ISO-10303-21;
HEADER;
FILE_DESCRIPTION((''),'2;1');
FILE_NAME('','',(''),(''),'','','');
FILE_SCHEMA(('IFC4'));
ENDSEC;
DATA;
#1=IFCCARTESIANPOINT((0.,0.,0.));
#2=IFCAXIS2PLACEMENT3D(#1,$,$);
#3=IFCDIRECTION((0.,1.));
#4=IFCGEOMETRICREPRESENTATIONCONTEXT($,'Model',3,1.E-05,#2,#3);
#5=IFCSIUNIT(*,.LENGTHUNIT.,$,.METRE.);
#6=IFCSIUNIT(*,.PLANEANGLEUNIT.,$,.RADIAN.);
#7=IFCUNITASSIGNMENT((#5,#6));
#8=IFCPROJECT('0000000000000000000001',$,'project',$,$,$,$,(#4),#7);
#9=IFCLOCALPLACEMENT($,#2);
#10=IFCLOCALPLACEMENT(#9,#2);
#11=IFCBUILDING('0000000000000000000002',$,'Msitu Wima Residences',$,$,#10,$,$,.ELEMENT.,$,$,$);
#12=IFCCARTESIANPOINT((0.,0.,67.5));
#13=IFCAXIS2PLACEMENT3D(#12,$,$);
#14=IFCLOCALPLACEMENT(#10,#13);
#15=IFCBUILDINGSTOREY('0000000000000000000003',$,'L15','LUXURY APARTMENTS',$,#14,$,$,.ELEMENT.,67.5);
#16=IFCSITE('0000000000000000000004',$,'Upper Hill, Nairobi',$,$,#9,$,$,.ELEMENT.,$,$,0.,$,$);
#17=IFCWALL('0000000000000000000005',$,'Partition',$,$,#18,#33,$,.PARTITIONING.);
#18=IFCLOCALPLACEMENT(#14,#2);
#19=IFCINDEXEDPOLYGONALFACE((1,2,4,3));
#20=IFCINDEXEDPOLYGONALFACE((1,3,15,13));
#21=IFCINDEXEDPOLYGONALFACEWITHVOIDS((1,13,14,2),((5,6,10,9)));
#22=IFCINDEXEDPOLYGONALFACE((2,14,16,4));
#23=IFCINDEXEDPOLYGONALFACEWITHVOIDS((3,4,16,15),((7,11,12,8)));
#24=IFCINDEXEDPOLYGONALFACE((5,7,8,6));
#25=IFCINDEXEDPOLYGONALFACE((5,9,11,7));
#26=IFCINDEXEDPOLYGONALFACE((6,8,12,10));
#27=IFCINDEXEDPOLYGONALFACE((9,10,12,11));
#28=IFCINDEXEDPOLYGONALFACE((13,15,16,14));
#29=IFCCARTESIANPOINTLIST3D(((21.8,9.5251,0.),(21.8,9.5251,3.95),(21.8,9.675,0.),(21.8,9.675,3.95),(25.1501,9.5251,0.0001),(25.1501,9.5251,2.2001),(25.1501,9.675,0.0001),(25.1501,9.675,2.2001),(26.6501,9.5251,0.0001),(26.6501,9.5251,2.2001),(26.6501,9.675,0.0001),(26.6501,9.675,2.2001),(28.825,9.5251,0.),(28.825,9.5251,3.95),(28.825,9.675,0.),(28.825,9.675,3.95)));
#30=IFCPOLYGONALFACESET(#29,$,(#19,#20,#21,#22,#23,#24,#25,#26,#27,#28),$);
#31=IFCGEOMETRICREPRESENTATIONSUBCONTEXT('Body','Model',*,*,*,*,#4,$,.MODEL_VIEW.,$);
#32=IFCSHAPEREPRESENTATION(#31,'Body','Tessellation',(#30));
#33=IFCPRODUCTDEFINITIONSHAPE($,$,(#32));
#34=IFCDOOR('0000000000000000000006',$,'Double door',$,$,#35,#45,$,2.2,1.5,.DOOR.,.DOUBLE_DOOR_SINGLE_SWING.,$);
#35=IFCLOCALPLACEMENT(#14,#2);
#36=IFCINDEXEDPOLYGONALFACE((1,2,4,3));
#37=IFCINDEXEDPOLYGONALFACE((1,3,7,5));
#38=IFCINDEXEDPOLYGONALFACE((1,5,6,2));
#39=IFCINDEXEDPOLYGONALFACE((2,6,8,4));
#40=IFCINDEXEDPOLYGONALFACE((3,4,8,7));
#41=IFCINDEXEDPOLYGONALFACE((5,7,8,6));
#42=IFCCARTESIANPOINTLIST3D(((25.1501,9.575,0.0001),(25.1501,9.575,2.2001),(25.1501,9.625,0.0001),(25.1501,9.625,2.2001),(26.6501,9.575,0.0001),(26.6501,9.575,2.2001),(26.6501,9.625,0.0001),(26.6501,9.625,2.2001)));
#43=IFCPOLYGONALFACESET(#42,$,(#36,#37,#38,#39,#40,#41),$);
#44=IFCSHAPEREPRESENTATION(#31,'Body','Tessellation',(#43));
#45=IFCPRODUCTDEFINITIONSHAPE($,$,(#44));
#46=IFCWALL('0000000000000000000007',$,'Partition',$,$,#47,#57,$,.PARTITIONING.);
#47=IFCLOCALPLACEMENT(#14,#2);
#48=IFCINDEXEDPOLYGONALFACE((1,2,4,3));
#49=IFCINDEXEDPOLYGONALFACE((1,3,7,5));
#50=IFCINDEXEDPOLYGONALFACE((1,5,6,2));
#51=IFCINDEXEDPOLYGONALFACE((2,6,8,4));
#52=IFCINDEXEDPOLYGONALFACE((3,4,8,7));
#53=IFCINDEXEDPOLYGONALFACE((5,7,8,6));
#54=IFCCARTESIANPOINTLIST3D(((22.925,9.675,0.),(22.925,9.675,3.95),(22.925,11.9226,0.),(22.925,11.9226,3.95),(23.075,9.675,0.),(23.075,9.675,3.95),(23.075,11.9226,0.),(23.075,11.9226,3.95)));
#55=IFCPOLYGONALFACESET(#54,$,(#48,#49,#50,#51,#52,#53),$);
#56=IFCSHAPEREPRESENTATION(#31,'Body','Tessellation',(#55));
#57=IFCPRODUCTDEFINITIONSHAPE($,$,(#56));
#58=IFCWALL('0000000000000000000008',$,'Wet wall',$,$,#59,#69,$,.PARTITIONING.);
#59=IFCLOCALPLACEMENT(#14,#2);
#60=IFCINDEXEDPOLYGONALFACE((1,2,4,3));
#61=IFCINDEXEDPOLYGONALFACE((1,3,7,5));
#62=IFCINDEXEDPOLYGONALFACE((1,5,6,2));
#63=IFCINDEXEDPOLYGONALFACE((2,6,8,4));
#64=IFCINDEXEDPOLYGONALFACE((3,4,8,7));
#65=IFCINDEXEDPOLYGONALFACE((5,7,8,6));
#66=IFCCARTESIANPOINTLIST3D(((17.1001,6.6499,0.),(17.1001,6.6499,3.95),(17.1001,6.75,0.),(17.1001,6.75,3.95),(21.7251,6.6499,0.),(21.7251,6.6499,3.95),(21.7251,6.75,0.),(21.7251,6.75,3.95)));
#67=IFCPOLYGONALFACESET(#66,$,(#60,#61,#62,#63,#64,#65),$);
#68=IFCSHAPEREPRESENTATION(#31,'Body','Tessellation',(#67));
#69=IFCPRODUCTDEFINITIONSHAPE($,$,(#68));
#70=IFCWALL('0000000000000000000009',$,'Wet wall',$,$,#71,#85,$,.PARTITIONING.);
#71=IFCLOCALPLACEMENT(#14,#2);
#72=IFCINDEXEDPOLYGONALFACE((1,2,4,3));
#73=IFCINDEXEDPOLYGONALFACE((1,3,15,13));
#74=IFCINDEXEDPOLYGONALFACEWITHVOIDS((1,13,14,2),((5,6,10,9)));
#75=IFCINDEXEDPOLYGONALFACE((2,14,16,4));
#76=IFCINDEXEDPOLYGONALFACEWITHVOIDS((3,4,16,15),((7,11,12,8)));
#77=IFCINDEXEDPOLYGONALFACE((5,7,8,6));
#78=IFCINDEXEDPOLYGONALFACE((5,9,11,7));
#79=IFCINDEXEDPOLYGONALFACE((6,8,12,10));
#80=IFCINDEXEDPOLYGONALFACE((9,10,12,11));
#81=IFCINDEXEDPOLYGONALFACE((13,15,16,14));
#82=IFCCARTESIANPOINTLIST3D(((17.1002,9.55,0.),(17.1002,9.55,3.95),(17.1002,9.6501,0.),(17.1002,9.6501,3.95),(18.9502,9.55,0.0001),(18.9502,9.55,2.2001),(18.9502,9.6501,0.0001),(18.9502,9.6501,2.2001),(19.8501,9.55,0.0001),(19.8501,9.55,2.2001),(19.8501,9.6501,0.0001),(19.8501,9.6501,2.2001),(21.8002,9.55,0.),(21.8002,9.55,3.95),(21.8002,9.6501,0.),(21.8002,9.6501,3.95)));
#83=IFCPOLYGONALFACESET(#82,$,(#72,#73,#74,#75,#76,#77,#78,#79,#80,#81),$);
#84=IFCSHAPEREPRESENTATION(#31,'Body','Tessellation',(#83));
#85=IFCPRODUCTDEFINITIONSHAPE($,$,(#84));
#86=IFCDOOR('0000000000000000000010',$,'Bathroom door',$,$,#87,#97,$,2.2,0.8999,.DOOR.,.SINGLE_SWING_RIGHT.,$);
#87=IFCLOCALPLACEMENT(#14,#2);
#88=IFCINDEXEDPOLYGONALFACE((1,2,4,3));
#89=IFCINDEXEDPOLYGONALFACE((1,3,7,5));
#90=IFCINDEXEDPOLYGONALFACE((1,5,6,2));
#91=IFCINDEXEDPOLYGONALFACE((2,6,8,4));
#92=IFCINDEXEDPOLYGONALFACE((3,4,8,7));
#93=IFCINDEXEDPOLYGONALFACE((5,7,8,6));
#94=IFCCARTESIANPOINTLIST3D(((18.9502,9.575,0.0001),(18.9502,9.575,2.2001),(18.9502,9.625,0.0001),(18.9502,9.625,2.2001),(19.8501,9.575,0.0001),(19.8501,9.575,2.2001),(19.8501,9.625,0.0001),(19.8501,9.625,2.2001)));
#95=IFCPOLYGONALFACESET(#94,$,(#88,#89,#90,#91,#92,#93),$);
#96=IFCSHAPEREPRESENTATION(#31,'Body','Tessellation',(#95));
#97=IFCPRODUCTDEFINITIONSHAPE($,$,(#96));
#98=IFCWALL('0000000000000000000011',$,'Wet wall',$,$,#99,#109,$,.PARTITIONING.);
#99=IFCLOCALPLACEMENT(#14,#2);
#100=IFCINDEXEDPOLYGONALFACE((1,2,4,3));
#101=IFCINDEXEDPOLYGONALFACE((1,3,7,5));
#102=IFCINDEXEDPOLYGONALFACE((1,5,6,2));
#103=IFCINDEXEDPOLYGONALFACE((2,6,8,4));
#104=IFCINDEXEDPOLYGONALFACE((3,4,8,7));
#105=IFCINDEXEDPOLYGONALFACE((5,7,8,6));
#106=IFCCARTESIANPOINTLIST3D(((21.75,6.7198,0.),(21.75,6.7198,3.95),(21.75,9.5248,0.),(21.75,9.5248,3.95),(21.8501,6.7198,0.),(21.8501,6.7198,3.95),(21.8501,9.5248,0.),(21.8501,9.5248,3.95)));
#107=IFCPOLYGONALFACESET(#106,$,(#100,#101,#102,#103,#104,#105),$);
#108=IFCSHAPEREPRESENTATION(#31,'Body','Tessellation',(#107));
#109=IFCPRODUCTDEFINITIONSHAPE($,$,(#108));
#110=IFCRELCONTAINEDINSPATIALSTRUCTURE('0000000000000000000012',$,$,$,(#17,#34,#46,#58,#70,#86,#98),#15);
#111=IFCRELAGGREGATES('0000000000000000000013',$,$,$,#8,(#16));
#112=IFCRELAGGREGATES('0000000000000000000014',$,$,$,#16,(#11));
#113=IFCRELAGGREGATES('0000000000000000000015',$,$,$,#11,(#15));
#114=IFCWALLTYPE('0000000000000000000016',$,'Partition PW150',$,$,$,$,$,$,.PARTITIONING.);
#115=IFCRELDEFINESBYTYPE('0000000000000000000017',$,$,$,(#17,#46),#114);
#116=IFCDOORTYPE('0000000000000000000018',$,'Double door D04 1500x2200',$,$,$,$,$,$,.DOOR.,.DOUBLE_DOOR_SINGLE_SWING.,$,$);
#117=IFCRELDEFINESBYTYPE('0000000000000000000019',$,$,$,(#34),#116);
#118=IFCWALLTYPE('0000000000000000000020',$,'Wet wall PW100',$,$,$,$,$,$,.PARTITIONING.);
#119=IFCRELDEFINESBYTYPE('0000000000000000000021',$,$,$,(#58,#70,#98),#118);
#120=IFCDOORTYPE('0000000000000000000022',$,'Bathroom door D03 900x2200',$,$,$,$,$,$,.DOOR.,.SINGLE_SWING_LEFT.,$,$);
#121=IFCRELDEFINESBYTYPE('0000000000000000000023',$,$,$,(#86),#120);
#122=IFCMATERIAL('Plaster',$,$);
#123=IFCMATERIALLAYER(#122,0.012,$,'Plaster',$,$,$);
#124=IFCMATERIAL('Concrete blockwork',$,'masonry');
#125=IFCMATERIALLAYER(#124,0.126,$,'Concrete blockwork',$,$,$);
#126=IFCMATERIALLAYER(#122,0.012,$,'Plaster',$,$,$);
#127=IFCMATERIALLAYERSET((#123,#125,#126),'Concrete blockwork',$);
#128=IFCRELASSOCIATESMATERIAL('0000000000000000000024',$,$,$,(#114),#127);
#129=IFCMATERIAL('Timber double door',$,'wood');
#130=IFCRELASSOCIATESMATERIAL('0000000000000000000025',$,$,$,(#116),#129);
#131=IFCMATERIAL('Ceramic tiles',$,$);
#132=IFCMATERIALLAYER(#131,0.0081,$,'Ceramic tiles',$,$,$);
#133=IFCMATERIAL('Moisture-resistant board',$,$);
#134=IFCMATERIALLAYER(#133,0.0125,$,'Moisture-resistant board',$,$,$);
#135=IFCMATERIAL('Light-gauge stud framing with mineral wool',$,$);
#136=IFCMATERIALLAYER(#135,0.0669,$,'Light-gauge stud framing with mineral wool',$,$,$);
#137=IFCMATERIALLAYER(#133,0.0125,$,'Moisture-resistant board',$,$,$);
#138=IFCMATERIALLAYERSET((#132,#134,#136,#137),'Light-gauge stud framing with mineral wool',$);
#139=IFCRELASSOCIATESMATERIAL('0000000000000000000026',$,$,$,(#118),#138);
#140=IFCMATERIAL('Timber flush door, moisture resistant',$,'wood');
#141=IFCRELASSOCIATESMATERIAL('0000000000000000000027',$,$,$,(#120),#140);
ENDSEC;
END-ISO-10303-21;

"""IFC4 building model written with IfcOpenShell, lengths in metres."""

from ifc_helpers import new_model, si_unit, direction, frame, frame_2d, origin, place, context, subcontext, project, spatial, rectangle, extrude, material, layer, layer_set, type_object, element, fill, save


model = new_model("IFC4")

# Units and contexts
model_context = context("Model", 3, precision=1e-05, world=origin(), true_north=direction((0.0, 1.0)))
body_context = subcontext(model_context, "Body", "Model", "MODEL_VIEW")
ifc_project = project(units=[si_unit("LENGTHUNIT", "METRE"), si_unit("PLANEANGLEUNIT", "RADIAN")], contexts=[model_context])

# Site, building, storey
site_placement = place(None, origin())
site = spatial("IfcSite", under=ifc_project, at=site_placement, Name="Upper Hill, Nairobi", CompositionType="ELEMENT", RefElevation=0.0)
building_placement = place(site_placement, origin())
building = spatial("IfcBuilding", under=site, at=building_placement, Name="Msitu Wima Residences", CompositionType="ELEMENT")
storey_placement = place(building_placement, frame((0.0, 0.0, 67.5)))
storey = spatial("IfcBuildingStorey", under=building, at=storey_placement, Name="L15", Description="LUXURY APARTMENTS", CompositionType="ELEMENT", Elevation=67.5)

# Shared definitions
ifc_material_1 = material(Name="Plaster")
ifc_layer_1 = layer(ifc_material_1, 0.012, Name="Plaster")
ifc_material_2 = material(Name="Concrete blockwork", Category="masonry")
ifc_layer_2 = layer(ifc_material_2, 0.126, Name="Concrete blockwork")
ifc_layer_3 = layer(ifc_material_1, 0.012, Name="Plaster")
ifc_layer_set_1 = layer_set([ifc_layer_1, ifc_layer_2, ifc_layer_3], Name="Concrete blockwork")
wall_type_1 = type_object("IfcWallType", Name="Partition PW150", PredefinedType="PARTITIONING", material=ifc_layer_set_1)

# Wall, opening, door
wall_1_placement = place(storey_placement, frame((21.8, 9.6001, 0.0), z_axis=(0.0, 0.0, 1.0), x_axis=(1.0, 0.0, 0.0)))
wall_1 = element("IfcWall", 1, at=wall_1_placement, inside=storey, type_object=wall_type_1, Name="Partition", PredefinedType="PARTITIONING", context=body_context, shape_type="SweptSolid", body=[
    extrude(rectangle(XDim=7.0249, YDim=0.1499, at=frame_2d((3.5125, 0.0))), origin(), (0.0, 0.0, 1.0), 3.95),
])
opening_1_placement = place(wall_1_placement, frame((3.3501, 0.0, 0.0)))
opening_1 = element("IfcOpeningElement", 2, at=opening_1_placement, cuts=wall_1, PredefinedType="OPENING", context=body_context, shape_type="SweptSolid", body=[
    extrude(rectangle(XDim=1.5, YDim=2.2, at=frame_2d((0.75, 1.1001))), frame((0.0, 0.085, 0.0), z_axis=(0.0, -1.0, 0.0), x_axis=(1.0, 0.0, 0.0)), (0.0, 0.0, 1.0), 0.1699),
])
ifc_material_3 = material(Name="Timber double door", Category="wood")
door_type_1 = type_object("IfcDoorType", Name="Double door D04 1500x2200", OperationType="DOUBLE_DOOR_SINGLE_SWING", PredefinedType="DOOR", material=ifc_material_3)
door_1_placement = place(opening_1_placement, origin())
door_1 = element("IfcDoor", 3, at=door_1_placement, inside=storey, type_object=door_type_1, Name="Double door", OperationType="DOUBLE_DOOR_SINGLE_SWING", OverallHeight=2.2, OverallWidth=1.5, PredefinedType="DOOR", context=body_context, shape_type="SweptSolid", body=[
    extrude(rectangle(XDim=1.5, YDim=2.2, at=frame_2d((0.75, 1.1001))), frame((0.0, 0.0249, 0.0), z_axis=(0.0, -1.0, 0.0), x_axis=(1.0, 0.0, 0.0)), (0.0, 0.0, 1.0), 0.05),
])
fill(opening_1, door_1)

# Walls
wall_2_placement = place(storey_placement, frame((23.0, 9.675, 0.0), z_axis=(0.0, 0.0, 1.0), x_axis=(0.0, 1.0, 0.0)))
element("IfcWall", 4, at=wall_2_placement, inside=storey, type_object=wall_type_1, Name="Partition", PredefinedType="PARTITIONING", context=body_context, shape_type="SweptSolid", body=[
    extrude(rectangle(XDim=2.2476, YDim=0.1499, at=frame_2d((1.1238, 0.0))), origin(), (0.0, 0.0, 1.0), 3.95),
])
ifc_material_4 = material(Name="Ceramic tiles")
ifc_layer_4 = layer(ifc_material_4, 0.0081, Name="Ceramic tiles")
ifc_material_5 = material(Name="Moisture-resistant board")
ifc_layer_5 = layer(ifc_material_5, 0.0125, Name="Moisture-resistant board")
ifc_material_6 = material(Name="Light-gauge stud framing with mineral wool")
ifc_layer_6 = layer(ifc_material_6, 0.0669, Name="Light-gauge stud framing with mineral wool")
ifc_layer_7 = layer(ifc_material_5, 0.0125, Name="Moisture-resistant board")
ifc_layer_set_2 = layer_set([ifc_layer_4, ifc_layer_5, ifc_layer_6, ifc_layer_7], Name="Light-gauge stud framing with mineral wool")
wall_type_2 = type_object("IfcWallType", Name="Wet wall PW100", PredefinedType="PARTITIONING", material=ifc_layer_set_2)
wall_3_placement = place(storey_placement, frame((17.1001, 6.7, 0.0), z_axis=(0.0, 0.0, 1.0), x_axis=(1.0, 0.0, 0.0)))
element("IfcWall", 5, at=wall_3_placement, inside=storey, type_object=wall_type_2, Name="Wet wall", PredefinedType="PARTITIONING", context=body_context, shape_type="SweptSolid", body=[
    extrude(rectangle(XDim=4.625, YDim=0.1001, at=frame_2d((2.3125, 0.0))), origin(), (0.0, 0.0, 1.0), 3.95),
])

# Wall, opening, door
wall_4_placement = place(storey_placement, frame((17.1001, 9.6001, 0.0), z_axis=(0.0, 0.0, 1.0), x_axis=(1.0, 0.0, 0.0)))
wall_4 = element("IfcWall", 6, at=wall_4_placement, inside=storey, type_object=wall_type_2, Name="Wet wall", PredefinedType="PARTITIONING", context=body_context, shape_type="SweptSolid", body=[
    extrude(rectangle(XDim=4.7, YDim=0.1001, at=frame_2d((2.3501, 0.0))), origin(), (0.0, 0.0, 1.0), 3.95),
])
opening_2_placement = place(wall_4_placement, frame((1.8501, 0.0, 0.0)))
opening_2 = element("IfcOpeningElement", 7, at=opening_2_placement, cuts=wall_4, PredefinedType="OPENING", context=body_context, shape_type="SweptSolid", body=[
    extrude(rectangle(XDim=0.8999, YDim=2.2, at=frame_2d((0.45, 1.1001))), frame((0.0, 0.0601, 0.0), z_axis=(0.0, -1.0, 0.0), x_axis=(1.0, 0.0, 0.0)), (0.0, 0.0, 1.0), 0.1201),
])
ifc_material_7 = material(Name="Timber flush door, moisture resistant", Category="wood")
door_type_2 = type_object("IfcDoorType", Name="Bathroom door D03 900x2200", OperationType="SINGLE_SWING_LEFT", PredefinedType="DOOR", material=ifc_material_7)
door_2_placement = place(opening_2_placement, origin())
door_2 = element("IfcDoor", 8, at=door_2_placement, inside=storey, type_object=door_type_2, Name="Bathroom door", OperationType="SINGLE_SWING_RIGHT", OverallHeight=2.2, OverallWidth=0.8999, PredefinedType="DOOR", context=body_context, shape_type="SweptSolid", body=[
    extrude(rectangle(XDim=0.8999, YDim=2.2, at=frame_2d((0.45, 1.1001))), frame((0.0, 0.0249, 0.0), z_axis=(0.0, -1.0, 0.0), x_axis=(1.0, 0.0, 0.0)), (0.0, 0.0, 1.0), 0.05),
])
fill(opening_2, door_2)

# Wall
wall_5_placement = place(storey_placement, frame((21.8, 6.72, 0.0), z_axis=(0.0, 0.0, 1.0), x_axis=(0.0, 1.0, 0.0)))
element("IfcWall", 9, at=wall_5_placement, inside=storey, type_object=wall_type_2, Name="Wet wall", PredefinedType="PARTITIONING", context=body_context, shape_type="SweptSolid", body=[
    extrude(rectangle(XDim=2.8049, YDim=0.1001, at=frame_2d((1.4023, 0.0))), origin(), (0.0, 0.0, 1.0), 3.95),
])

save(model, "model.ifc")
